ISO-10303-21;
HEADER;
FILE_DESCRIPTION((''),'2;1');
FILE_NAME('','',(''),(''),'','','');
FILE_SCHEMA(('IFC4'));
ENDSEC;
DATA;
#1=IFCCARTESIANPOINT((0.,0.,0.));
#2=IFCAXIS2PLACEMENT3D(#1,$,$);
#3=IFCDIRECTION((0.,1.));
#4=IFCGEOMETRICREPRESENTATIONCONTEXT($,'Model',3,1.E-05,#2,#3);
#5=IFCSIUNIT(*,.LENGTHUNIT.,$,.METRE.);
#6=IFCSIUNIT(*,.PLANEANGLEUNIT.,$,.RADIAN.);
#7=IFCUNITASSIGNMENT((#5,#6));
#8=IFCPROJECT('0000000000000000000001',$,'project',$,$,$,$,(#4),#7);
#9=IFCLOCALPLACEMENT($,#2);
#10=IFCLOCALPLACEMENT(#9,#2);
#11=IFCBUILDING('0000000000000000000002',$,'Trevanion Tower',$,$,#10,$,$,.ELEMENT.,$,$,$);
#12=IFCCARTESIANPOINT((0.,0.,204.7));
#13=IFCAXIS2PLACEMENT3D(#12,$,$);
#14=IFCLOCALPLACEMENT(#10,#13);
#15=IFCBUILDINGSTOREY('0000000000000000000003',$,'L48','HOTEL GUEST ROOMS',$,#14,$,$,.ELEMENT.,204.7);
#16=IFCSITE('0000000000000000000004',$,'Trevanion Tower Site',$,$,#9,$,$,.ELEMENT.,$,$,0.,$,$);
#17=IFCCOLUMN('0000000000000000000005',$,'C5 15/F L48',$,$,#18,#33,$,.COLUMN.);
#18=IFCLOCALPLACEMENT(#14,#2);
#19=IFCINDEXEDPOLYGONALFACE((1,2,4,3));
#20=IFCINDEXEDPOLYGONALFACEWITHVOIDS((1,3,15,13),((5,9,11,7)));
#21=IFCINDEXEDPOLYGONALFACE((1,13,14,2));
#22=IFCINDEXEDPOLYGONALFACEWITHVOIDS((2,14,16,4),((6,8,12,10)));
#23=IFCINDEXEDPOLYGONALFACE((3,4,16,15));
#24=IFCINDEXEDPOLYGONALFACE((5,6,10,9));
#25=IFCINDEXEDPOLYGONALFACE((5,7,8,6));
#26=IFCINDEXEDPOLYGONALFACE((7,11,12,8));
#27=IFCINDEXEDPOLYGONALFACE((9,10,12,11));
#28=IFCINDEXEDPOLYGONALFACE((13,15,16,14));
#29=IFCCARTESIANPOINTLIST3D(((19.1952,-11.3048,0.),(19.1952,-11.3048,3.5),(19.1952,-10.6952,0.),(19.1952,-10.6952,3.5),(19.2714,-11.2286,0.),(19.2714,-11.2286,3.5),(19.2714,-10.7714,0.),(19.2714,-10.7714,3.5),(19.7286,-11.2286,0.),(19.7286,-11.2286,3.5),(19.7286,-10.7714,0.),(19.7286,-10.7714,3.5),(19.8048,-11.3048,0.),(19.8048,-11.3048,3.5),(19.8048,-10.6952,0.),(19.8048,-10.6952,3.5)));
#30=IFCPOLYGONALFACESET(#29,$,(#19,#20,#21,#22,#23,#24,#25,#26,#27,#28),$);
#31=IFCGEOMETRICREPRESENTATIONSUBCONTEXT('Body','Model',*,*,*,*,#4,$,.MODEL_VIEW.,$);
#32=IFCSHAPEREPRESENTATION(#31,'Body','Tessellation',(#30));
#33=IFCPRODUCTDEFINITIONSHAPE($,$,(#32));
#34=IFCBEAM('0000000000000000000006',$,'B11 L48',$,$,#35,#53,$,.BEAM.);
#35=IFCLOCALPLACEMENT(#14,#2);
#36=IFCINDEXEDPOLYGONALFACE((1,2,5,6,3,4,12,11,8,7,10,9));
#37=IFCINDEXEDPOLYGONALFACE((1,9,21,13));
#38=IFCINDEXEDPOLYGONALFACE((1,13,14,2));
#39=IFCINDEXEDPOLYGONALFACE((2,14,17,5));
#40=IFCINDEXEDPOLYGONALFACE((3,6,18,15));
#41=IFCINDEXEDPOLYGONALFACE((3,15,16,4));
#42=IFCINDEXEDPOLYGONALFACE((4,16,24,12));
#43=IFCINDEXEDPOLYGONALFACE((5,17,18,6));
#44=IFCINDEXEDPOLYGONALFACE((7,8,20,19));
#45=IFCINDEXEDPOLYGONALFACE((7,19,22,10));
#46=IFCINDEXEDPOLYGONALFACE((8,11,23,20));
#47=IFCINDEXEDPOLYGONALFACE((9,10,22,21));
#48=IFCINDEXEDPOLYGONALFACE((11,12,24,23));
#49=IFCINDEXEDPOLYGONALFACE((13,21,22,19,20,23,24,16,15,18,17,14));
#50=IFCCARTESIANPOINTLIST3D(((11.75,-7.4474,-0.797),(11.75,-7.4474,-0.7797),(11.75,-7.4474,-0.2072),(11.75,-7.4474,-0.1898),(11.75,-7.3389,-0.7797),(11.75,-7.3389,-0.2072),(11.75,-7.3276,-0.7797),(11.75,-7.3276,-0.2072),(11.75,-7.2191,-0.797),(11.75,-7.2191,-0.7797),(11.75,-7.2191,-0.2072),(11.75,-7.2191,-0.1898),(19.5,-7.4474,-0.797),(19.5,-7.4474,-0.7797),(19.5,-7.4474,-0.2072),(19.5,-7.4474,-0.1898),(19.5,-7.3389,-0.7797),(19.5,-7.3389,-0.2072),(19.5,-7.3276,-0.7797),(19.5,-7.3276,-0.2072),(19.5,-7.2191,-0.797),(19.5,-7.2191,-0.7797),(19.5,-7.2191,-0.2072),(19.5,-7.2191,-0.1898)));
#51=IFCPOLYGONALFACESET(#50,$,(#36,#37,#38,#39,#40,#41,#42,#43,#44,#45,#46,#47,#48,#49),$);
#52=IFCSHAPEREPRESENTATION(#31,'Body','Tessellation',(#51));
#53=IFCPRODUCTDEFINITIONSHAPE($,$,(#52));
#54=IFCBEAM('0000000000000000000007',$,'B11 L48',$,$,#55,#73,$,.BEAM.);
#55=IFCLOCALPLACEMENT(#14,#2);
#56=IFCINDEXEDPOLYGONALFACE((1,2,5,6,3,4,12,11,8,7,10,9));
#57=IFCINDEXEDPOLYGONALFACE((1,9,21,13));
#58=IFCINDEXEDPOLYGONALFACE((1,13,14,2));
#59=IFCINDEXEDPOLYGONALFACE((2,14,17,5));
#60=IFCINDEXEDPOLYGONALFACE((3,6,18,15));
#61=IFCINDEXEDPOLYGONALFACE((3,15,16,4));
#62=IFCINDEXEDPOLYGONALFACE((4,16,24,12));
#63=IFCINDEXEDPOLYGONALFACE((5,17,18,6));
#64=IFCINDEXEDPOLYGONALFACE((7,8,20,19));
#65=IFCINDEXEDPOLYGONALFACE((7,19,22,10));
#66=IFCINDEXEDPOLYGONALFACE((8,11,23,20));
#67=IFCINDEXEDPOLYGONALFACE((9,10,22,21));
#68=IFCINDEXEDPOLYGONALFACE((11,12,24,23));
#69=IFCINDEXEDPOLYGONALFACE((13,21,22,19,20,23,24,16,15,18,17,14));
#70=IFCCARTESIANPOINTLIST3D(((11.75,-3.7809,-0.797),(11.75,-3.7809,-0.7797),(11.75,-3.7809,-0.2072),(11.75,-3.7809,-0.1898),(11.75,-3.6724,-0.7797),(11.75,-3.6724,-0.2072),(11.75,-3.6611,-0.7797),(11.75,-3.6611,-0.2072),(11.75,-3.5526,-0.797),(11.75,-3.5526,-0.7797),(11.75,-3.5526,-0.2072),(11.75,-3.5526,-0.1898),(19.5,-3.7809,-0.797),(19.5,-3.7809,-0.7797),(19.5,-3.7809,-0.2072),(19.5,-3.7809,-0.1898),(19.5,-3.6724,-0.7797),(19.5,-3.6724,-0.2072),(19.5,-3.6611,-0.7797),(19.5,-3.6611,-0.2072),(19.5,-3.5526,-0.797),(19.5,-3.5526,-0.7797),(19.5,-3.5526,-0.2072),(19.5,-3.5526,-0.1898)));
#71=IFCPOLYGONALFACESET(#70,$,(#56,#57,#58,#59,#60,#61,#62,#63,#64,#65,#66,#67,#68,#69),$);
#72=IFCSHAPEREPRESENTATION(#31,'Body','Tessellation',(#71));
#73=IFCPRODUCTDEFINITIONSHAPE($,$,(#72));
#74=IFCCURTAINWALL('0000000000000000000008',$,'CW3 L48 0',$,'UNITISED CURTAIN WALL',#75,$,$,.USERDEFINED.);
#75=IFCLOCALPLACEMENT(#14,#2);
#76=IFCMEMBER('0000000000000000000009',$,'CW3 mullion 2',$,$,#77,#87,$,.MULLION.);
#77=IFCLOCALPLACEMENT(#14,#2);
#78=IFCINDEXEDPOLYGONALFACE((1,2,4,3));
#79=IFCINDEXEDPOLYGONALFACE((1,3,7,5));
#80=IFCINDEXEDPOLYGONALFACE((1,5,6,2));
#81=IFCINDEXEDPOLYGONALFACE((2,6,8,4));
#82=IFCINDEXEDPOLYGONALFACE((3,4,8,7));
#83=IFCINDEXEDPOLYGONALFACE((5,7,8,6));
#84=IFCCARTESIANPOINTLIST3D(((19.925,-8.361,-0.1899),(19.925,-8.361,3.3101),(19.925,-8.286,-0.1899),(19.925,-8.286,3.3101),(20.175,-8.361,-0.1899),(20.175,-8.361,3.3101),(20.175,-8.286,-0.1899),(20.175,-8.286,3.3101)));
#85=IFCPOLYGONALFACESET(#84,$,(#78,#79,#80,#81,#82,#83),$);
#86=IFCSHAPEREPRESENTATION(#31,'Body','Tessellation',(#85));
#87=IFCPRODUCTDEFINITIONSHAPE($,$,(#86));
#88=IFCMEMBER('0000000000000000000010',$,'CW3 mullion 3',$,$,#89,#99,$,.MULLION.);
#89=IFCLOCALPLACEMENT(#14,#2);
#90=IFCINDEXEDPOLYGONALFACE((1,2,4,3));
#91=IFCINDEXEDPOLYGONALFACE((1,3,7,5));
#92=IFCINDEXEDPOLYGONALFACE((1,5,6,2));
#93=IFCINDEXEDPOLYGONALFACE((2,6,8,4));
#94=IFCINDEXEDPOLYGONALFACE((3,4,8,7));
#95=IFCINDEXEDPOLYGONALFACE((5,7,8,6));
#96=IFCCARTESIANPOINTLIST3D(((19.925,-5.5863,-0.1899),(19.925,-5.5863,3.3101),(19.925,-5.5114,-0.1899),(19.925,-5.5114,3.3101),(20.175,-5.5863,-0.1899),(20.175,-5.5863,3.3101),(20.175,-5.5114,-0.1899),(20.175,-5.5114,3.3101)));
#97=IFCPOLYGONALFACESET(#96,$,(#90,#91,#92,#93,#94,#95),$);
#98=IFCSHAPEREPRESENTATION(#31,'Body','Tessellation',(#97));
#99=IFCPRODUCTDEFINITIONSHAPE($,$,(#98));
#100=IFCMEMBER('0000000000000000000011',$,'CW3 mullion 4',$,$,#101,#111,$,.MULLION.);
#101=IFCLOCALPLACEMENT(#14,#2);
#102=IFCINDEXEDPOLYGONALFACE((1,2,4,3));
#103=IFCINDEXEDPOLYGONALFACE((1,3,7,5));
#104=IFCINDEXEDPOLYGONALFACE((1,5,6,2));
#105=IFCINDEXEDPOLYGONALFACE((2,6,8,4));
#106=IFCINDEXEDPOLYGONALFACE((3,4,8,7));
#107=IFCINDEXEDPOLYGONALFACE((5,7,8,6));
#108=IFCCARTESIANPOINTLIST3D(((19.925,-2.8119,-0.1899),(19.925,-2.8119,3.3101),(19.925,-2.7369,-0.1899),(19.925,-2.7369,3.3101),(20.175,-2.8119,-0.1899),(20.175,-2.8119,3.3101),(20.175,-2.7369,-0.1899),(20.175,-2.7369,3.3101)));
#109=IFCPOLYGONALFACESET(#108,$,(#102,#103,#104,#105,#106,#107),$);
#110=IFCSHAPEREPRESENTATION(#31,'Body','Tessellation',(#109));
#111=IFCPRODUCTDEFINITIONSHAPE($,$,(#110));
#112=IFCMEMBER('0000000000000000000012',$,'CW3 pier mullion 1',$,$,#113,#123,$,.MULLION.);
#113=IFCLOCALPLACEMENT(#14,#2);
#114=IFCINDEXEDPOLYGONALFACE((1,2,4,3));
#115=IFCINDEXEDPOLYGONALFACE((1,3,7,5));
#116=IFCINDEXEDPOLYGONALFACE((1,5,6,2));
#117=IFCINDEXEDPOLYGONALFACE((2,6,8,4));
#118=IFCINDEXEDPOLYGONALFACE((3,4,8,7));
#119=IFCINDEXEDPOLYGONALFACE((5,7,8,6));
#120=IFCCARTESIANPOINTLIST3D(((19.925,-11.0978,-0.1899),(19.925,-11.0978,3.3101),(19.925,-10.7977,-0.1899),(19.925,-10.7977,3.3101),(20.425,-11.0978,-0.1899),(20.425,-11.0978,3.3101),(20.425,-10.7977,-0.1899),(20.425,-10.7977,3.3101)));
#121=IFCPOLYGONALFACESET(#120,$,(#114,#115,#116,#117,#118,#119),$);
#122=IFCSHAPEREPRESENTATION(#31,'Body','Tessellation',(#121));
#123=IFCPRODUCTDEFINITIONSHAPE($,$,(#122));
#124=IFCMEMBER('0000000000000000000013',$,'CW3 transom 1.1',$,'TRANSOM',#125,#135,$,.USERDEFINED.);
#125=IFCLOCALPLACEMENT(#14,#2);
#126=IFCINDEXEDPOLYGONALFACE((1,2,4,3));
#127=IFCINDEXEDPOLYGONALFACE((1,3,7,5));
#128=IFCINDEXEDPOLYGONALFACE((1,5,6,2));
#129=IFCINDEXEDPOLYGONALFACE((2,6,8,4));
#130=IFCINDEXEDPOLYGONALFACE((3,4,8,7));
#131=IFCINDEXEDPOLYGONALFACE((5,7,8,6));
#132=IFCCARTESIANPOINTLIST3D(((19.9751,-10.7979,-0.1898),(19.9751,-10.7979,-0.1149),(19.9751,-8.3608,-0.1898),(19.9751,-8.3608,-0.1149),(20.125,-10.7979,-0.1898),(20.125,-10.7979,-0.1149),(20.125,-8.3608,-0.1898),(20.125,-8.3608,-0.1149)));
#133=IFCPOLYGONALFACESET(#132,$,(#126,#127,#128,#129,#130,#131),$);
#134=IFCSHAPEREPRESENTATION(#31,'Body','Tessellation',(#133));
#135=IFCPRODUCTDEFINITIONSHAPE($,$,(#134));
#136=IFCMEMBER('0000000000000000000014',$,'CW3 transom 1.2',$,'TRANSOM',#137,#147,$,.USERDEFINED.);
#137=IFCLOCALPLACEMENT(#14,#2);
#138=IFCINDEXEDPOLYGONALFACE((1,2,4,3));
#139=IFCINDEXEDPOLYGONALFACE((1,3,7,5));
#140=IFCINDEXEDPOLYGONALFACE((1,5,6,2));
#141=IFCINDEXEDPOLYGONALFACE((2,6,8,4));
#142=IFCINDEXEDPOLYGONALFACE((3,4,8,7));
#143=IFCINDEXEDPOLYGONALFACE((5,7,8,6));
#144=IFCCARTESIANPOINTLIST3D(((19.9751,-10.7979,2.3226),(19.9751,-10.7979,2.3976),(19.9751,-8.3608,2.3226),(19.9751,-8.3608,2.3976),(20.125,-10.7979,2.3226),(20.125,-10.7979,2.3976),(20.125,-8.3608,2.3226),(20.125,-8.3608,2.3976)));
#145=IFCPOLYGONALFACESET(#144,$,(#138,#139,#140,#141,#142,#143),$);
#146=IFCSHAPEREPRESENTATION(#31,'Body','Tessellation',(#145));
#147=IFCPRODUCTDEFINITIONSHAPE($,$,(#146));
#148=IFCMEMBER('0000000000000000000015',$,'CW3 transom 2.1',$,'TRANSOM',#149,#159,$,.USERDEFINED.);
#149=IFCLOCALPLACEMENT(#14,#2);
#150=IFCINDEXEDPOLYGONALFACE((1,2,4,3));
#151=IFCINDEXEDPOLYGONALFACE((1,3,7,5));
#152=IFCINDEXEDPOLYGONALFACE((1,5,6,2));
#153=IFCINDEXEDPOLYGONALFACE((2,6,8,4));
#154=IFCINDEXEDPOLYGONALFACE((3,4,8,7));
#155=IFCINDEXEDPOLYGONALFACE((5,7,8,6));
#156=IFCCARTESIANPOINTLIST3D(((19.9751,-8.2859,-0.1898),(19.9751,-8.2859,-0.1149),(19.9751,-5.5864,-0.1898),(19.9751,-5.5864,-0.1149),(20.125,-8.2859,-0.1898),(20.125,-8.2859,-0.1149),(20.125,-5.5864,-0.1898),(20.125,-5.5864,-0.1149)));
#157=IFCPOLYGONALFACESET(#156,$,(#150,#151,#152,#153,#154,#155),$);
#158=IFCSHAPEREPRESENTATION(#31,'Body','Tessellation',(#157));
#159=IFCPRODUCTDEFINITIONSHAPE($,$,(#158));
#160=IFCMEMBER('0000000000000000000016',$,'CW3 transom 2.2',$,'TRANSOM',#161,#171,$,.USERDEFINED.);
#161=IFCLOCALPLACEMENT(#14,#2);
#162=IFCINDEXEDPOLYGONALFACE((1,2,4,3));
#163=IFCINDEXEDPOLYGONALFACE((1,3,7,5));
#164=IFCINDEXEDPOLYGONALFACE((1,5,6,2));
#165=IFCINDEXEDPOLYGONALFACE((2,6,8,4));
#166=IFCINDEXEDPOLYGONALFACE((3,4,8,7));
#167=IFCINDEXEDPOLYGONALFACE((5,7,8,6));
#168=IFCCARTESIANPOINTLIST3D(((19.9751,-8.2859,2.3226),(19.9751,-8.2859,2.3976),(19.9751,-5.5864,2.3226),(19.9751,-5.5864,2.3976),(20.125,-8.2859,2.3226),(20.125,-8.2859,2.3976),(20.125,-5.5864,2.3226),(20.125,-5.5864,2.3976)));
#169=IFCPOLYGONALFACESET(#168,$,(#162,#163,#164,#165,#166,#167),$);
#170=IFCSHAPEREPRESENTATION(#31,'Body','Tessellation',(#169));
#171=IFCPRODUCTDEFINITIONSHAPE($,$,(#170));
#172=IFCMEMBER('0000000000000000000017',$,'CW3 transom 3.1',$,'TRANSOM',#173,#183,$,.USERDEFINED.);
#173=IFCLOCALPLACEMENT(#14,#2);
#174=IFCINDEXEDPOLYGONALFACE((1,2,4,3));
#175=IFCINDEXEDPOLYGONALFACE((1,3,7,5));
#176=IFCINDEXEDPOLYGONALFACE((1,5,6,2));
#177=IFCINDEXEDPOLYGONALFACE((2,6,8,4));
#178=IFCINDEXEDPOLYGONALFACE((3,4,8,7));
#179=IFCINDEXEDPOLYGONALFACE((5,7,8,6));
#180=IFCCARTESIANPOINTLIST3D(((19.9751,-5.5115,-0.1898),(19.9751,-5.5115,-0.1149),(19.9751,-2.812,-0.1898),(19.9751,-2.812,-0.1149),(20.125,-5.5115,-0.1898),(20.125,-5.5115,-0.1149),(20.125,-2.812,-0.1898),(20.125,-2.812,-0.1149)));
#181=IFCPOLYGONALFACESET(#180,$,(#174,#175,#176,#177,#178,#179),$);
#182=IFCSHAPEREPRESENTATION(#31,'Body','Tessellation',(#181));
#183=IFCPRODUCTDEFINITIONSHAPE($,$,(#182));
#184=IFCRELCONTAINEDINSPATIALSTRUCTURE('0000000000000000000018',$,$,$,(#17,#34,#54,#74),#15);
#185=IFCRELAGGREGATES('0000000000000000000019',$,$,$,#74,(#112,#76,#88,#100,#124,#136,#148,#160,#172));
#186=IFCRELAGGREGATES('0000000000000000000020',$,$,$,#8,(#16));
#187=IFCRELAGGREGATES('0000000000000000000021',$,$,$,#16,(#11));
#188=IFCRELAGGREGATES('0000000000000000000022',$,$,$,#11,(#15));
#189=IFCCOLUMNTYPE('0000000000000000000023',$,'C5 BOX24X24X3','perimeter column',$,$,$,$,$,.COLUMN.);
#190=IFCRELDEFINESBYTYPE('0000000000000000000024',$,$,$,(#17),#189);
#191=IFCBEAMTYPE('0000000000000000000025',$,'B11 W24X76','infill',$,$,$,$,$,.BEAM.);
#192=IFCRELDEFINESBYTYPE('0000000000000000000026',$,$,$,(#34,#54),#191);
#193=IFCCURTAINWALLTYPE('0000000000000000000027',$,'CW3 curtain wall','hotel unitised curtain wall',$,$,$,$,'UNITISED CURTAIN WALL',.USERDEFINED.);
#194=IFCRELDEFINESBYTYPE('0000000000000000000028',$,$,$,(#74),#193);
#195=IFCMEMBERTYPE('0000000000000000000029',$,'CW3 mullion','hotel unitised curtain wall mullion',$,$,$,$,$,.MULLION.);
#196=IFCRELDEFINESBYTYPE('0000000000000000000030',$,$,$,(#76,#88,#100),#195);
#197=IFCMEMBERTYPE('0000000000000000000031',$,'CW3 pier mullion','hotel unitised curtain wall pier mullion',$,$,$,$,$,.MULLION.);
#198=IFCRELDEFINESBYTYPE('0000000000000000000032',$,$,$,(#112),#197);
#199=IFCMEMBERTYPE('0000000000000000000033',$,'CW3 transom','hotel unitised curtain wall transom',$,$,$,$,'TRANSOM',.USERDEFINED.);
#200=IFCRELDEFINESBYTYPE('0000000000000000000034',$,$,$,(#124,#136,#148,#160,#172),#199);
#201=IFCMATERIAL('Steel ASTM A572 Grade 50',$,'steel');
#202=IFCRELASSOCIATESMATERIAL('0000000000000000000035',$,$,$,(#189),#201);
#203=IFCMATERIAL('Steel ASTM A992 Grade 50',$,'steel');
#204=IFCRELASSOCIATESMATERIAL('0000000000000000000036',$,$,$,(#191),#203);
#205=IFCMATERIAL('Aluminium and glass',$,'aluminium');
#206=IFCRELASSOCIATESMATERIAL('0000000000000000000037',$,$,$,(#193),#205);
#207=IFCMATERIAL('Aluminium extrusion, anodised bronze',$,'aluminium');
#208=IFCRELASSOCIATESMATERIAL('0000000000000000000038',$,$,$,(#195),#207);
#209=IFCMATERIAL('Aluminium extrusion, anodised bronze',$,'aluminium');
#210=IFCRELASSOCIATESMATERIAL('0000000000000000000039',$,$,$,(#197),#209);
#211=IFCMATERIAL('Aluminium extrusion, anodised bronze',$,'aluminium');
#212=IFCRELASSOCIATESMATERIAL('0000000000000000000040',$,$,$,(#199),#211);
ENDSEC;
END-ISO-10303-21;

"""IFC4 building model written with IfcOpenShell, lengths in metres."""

from ifc_helpers import new_model, si_unit, direction, frame, origin, origin_2d, place, context, subcontext, project, spatial, rectangle, hollow_rectangle, i_section, extrude, material, material_profile, profile_set, type_object, element, aggregate, save


model = new_model("IFC4")

# Units and contexts
model_context = context("Model", 3, precision=1e-05, world=origin(), true_north=direction((0.0, 1.0)))
body_context = subcontext(model_context, "Body", "Model", "MODEL_VIEW")
ifc_project = project(units=[si_unit("LENGTHUNIT", "METRE"), si_unit("PLANEANGLEUNIT", "RADIAN")], contexts=[model_context])

# Site, building, storey
site_placement = place(None, origin())
site = spatial("IfcSite", under=ifc_project, at=site_placement, Name="Trevanion Tower Site", CompositionType="ELEMENT", RefElevation=0.0)
building_placement = place(site_placement, origin())
building = spatial("IfcBuilding", under=site, at=building_placement, Name="Trevanion Tower", CompositionType="ELEMENT")
storey_placement = place(building_placement, frame((0.0, 0.0, 204.7)))
storey = spatial("IfcBuildingStorey", under=building, at=storey_placement, Name="L48", Description="HOTEL GUEST ROOMS", CompositionType="ELEMENT", Elevation=204.7)

# Column
ifc_material_1 = material(Name="Steel ASTM A572 Grade 50", Category="steel")
ifc_material_profile_1 = material_profile(ifc_material_1, hollow_rectangle(XDim=0.6096, YDim=0.6096, WallThickness=0.0762, at=origin_2d()), Name="BOX24X24X3")
ifc_profile_set_1 = profile_set([ifc_material_profile_1], Name="Steel ASTM A572 Grade 50")
column_type = type_object("IfcColumnType", Name="C5 BOX24X24X3", Description="perimeter column", PredefinedType="COLUMN", material=ifc_profile_set_1)
column_placement = place(storey_placement, frame((19.5, -11.0, 0.0), z_axis=(0.0, 0.0, 1.0), x_axis=(0.0, 1.0, 0.0)))
element("IfcColumn", 1, at=column_placement, inside=storey, type_object=column_type, Name="C5 15/F L48", PredefinedType="COLUMN", context=body_context, shape_type="SweptSolid", body=[
    extrude(hollow_rectangle(XDim=0.6096, YDim=0.6096, WallThickness=0.0762, at=origin_2d()), origin(), (0.0, 0.0, 1.0), 3.5),
])

# Beams
ifc_material_2 = material(Name="Steel ASTM A992 Grade 50", Category="steel")
ifc_material_profile_2 = material_profile(ifc_material_2, i_section(OverallWidth=0.2283, OverallDepth=0.6072, WebThickness=0.0112, FlangeThickness=0.0173, at=origin_2d()), Name="W24X76")
ifc_profile_set_2 = profile_set([ifc_material_profile_2], Name="Steel ASTM A992 Grade 50")
beam_type_1 = type_object("IfcBeamType", Name="B11 W24X76", Description="infill", PredefinedType="BEAM", material=ifc_profile_set_2)
for number, where, z_axis, x_axis, name in (
    (2, (11.75, -7.3333, -0.4934), (1.0, 0.0, 0.0), (0.0, 1.0, 0.0), "B11 L48"),
    (3, (11.75, -3.6667, -0.4934), (1.0, 0.0, 0.0), (0.0, 1.0, 0.0), "B11 L48"),
):
    element("IfcBeam", number, at=place(storey_placement, frame(where, z_axis=z_axis, x_axis=x_axis)), inside=storey, type_object=beam_type_1, Name=name, PredefinedType="BEAM", context=body_context, shape_type="SweptSolid", body=[
        extrude(i_section(OverallWidth=0.2283, OverallDepth=0.6072, WebThickness=0.0112, FlangeThickness=0.0173, at=origin_2d()), origin(), (0.0, 0.0, 1.0), 7.75),
    ])

# Curtain wall, members
ifc_material_3 = material(Name="Aluminium and glass", Category="aluminium")
curtain_wall_type = type_object("IfcCurtainWallType", Name="CW3 curtain wall", Description="hotel unitised curtain wall", ElementType="UNITISED CURTAIN WALL", PredefinedType="USERDEFINED", material=ifc_material_3)
curtain_wall_placement = place(storey_placement, origin())
curtain_wall = element("IfcCurtainWall", 4, at=curtain_wall_placement, inside=storey, type_object=curtain_wall_type, Name="CW3 L48 0", ObjectType="UNITISED CURTAIN WALL", PredefinedType="USERDEFINED")
ifc_material_4 = material(Name="Aluminium extrusion, anodised bronze", Category="aluminium")
ifc_material_profile_3 = material_profile(ifc_material_4, rectangle(XDim=0.075, YDim=0.25, at=origin_2d()), Name="CW3 mullion")
ifc_profile_set_3 = profile_set([ifc_material_profile_3], Name="Aluminium extrusion, anodised bronze")
member_type_1 = type_object("IfcMemberType", Name="CW3 mullion", Description="hotel unitised curtain wall mullion", PredefinedType="MULLION", material=ifc_profile_set_3)
member_1_placement = place(storey_placement, frame((20.05, -8.3235, -0.1899), z_axis=(0.0, 0.0, 1.0), x_axis=(0.0, 1.0, 0.0)))
member_1 = element("IfcMember", 5, at=member_1_placement, type_object=member_type_1, Name="CW3 mullion 2", PredefinedType="MULLION", context=body_context, shape_type="SweptSolid", body=[
    extrude(rectangle(XDim=0.075, YDim=0.25, at=origin_2d()), origin(), (0.0, 0.0, 1.0), 3.5),
])
member_2_placement = place(storey_placement, frame((20.05, -5.5488, -0.1899), z_axis=(0.0, 0.0, 1.0), x_axis=(0.0, 1.0, 0.0)))
member_2 = element("IfcMember", 6, at=member_2_placement, type_object=member_type_1, Name="CW3 mullion 3", PredefinedType="MULLION", context=body_context, shape_type="SweptSolid", body=[
    extrude(rectangle(XDim=0.075, YDim=0.25, at=origin_2d()), origin(), (0.0, 0.0, 1.0), 3.5),
])
member_3_placement = place(storey_placement, frame((20.05, -2.7744, -0.1899), z_axis=(0.0, 0.0, 1.0), x_axis=(0.0, 1.0, 0.0)))
member_3 = element("IfcMember", 7, at=member_3_placement, type_object=member_type_1, Name="CW3 mullion 4", PredefinedType="MULLION", context=body_context, shape_type="SweptSolid", body=[
    extrude(rectangle(XDim=0.075, YDim=0.25, at=origin_2d()), origin(), (0.0, 0.0, 1.0), 3.5),
])
ifc_material_5 = material(Name="Aluminium extrusion, anodised bronze", Category="aluminium")
ifc_material_profile_4 = material_profile(ifc_material_5, rectangle(XDim=0.3, YDim=0.5, at=origin_2d()), Name="CW3 pier mullion")
ifc_profile_set_4 = profile_set([ifc_material_profile_4], Name="Aluminium extrusion, anodised bronze")
member_type_2 = type_object("IfcMemberType", Name="CW3 pier mullion", Description="hotel unitised curtain wall pier mullion", PredefinedType="MULLION", material=ifc_profile_set_4)
member_4_placement = place(storey_placement, frame((20.175, -10.9478, -0.1899), z_axis=(0.0, 0.0, 1.0), x_axis=(0.0, 1.0, 0.0)))
member_4 = element("IfcMember", 8, at=member_4_placement, type_object=member_type_2, Name="CW3 pier mullion 1", PredefinedType="MULLION", context=body_context, shape_type="SweptSolid", body=[
    extrude(rectangle(XDim=0.3, YDim=0.5, at=origin_2d()), origin(), (0.0, 0.0, 1.0), 3.5),
])
ifc_material_6 = material(Name="Aluminium extrusion, anodised bronze", Category="aluminium")
ifc_material_profile_5 = material_profile(ifc_material_6, rectangle(XDim=0.1499, YDim=0.075, at=origin_2d()), Name="CW3 transom")
ifc_profile_set_5 = profile_set([ifc_material_profile_5], Name="Aluminium extrusion, anodised bronze")
member_type_3 = type_object("IfcMemberType", Name="CW3 transom", Description="hotel unitised curtain wall transom", ElementType="TRANSOM", PredefinedType="USERDEFINED", material=ifc_profile_set_5)
member_5_placement = place(storey_placement, frame((20.05, -10.7979, -0.1523), z_axis=(0.0, 1.0, 0.0), x_axis=(-1.0, 0.0, 0.0)))
member_5 = element("IfcMember", 9, at=member_5_placement, type_object=member_type_3, Name="CW3 transom 1.1", ObjectType="TRANSOM", PredefinedType="USERDEFINED", context=body_context, shape_type="SweptSolid", body=[
    extrude(rectangle(XDim=0.1499, YDim=0.075, at=origin_2d()), origin(), (0.0, 0.0, 1.0), 2.437),
])
member_6_placement = place(storey_placement, frame((20.05, -10.7979, 2.3601), z_axis=(0.0, 1.0, 0.0), x_axis=(-1.0, 0.0, 0.0)))
member_6 = element("IfcMember", 10, at=member_6_placement, type_object=member_type_3, Name="CW3 transom 1.2", ObjectType="TRANSOM", PredefinedType="USERDEFINED", context=body_context, shape_type="SweptSolid", body=[
    extrude(rectangle(XDim=0.1499, YDim=0.075, at=origin_2d()), origin(), (0.0, 0.0, 1.0), 2.437),
])
member_7_placement = place(storey_placement, frame((20.05, -8.2859, -0.1523), z_axis=(0.0, 1.0, 0.0), x_axis=(-1.0, 0.0, 0.0)))
member_7 = element("IfcMember", 11, at=member_7_placement, type_object=member_type_3, Name="CW3 transom 2.1", ObjectType="TRANSOM", PredefinedType="USERDEFINED", context=body_context, shape_type="SweptSolid", body=[
    extrude(rectangle(XDim=0.1499, YDim=0.075, at=origin_2d()), origin(), (0.0, 0.0, 1.0), 2.6995),
])
member_8_placement = place(storey_placement, frame((20.05, -8.2859, 2.3601), z_axis=(0.0, 1.0, 0.0), x_axis=(-1.0, 0.0, 0.0)))
member_8 = element("IfcMember", 12, at=member_8_placement, type_object=member_type_3, Name="CW3 transom 2.2", ObjectType="TRANSOM", PredefinedType="USERDEFINED", context=body_context, shape_type="SweptSolid", body=[
    extrude(rectangle(XDim=0.1499, YDim=0.075, at=origin_2d()), origin(), (0.0, 0.0, 1.0), 2.6995),
])
member_9_placement = place(storey_placement, frame((20.05, -5.5115, -0.1523), z_axis=(0.0, 1.0, 0.0), x_axis=(-1.0, 0.0, 0.0)))
member_9 = element("IfcMember", 13, at=member_9_placement, type_object=member_type_3, Name="CW3 transom 3.1", ObjectType="TRANSOM", PredefinedType="USERDEFINED", context=body_context, shape_type="SweptSolid", body=[
    extrude(rectangle(XDim=0.1499, YDim=0.075, at=origin_2d()), origin(), (0.0, 0.0, 1.0), 2.6995),
])

aggregate(curtain_wall, [member_4, member_1, member_2, member_3, member_5, member_6, member_7, member_8, member_9])

save(model, "model.ifc")
